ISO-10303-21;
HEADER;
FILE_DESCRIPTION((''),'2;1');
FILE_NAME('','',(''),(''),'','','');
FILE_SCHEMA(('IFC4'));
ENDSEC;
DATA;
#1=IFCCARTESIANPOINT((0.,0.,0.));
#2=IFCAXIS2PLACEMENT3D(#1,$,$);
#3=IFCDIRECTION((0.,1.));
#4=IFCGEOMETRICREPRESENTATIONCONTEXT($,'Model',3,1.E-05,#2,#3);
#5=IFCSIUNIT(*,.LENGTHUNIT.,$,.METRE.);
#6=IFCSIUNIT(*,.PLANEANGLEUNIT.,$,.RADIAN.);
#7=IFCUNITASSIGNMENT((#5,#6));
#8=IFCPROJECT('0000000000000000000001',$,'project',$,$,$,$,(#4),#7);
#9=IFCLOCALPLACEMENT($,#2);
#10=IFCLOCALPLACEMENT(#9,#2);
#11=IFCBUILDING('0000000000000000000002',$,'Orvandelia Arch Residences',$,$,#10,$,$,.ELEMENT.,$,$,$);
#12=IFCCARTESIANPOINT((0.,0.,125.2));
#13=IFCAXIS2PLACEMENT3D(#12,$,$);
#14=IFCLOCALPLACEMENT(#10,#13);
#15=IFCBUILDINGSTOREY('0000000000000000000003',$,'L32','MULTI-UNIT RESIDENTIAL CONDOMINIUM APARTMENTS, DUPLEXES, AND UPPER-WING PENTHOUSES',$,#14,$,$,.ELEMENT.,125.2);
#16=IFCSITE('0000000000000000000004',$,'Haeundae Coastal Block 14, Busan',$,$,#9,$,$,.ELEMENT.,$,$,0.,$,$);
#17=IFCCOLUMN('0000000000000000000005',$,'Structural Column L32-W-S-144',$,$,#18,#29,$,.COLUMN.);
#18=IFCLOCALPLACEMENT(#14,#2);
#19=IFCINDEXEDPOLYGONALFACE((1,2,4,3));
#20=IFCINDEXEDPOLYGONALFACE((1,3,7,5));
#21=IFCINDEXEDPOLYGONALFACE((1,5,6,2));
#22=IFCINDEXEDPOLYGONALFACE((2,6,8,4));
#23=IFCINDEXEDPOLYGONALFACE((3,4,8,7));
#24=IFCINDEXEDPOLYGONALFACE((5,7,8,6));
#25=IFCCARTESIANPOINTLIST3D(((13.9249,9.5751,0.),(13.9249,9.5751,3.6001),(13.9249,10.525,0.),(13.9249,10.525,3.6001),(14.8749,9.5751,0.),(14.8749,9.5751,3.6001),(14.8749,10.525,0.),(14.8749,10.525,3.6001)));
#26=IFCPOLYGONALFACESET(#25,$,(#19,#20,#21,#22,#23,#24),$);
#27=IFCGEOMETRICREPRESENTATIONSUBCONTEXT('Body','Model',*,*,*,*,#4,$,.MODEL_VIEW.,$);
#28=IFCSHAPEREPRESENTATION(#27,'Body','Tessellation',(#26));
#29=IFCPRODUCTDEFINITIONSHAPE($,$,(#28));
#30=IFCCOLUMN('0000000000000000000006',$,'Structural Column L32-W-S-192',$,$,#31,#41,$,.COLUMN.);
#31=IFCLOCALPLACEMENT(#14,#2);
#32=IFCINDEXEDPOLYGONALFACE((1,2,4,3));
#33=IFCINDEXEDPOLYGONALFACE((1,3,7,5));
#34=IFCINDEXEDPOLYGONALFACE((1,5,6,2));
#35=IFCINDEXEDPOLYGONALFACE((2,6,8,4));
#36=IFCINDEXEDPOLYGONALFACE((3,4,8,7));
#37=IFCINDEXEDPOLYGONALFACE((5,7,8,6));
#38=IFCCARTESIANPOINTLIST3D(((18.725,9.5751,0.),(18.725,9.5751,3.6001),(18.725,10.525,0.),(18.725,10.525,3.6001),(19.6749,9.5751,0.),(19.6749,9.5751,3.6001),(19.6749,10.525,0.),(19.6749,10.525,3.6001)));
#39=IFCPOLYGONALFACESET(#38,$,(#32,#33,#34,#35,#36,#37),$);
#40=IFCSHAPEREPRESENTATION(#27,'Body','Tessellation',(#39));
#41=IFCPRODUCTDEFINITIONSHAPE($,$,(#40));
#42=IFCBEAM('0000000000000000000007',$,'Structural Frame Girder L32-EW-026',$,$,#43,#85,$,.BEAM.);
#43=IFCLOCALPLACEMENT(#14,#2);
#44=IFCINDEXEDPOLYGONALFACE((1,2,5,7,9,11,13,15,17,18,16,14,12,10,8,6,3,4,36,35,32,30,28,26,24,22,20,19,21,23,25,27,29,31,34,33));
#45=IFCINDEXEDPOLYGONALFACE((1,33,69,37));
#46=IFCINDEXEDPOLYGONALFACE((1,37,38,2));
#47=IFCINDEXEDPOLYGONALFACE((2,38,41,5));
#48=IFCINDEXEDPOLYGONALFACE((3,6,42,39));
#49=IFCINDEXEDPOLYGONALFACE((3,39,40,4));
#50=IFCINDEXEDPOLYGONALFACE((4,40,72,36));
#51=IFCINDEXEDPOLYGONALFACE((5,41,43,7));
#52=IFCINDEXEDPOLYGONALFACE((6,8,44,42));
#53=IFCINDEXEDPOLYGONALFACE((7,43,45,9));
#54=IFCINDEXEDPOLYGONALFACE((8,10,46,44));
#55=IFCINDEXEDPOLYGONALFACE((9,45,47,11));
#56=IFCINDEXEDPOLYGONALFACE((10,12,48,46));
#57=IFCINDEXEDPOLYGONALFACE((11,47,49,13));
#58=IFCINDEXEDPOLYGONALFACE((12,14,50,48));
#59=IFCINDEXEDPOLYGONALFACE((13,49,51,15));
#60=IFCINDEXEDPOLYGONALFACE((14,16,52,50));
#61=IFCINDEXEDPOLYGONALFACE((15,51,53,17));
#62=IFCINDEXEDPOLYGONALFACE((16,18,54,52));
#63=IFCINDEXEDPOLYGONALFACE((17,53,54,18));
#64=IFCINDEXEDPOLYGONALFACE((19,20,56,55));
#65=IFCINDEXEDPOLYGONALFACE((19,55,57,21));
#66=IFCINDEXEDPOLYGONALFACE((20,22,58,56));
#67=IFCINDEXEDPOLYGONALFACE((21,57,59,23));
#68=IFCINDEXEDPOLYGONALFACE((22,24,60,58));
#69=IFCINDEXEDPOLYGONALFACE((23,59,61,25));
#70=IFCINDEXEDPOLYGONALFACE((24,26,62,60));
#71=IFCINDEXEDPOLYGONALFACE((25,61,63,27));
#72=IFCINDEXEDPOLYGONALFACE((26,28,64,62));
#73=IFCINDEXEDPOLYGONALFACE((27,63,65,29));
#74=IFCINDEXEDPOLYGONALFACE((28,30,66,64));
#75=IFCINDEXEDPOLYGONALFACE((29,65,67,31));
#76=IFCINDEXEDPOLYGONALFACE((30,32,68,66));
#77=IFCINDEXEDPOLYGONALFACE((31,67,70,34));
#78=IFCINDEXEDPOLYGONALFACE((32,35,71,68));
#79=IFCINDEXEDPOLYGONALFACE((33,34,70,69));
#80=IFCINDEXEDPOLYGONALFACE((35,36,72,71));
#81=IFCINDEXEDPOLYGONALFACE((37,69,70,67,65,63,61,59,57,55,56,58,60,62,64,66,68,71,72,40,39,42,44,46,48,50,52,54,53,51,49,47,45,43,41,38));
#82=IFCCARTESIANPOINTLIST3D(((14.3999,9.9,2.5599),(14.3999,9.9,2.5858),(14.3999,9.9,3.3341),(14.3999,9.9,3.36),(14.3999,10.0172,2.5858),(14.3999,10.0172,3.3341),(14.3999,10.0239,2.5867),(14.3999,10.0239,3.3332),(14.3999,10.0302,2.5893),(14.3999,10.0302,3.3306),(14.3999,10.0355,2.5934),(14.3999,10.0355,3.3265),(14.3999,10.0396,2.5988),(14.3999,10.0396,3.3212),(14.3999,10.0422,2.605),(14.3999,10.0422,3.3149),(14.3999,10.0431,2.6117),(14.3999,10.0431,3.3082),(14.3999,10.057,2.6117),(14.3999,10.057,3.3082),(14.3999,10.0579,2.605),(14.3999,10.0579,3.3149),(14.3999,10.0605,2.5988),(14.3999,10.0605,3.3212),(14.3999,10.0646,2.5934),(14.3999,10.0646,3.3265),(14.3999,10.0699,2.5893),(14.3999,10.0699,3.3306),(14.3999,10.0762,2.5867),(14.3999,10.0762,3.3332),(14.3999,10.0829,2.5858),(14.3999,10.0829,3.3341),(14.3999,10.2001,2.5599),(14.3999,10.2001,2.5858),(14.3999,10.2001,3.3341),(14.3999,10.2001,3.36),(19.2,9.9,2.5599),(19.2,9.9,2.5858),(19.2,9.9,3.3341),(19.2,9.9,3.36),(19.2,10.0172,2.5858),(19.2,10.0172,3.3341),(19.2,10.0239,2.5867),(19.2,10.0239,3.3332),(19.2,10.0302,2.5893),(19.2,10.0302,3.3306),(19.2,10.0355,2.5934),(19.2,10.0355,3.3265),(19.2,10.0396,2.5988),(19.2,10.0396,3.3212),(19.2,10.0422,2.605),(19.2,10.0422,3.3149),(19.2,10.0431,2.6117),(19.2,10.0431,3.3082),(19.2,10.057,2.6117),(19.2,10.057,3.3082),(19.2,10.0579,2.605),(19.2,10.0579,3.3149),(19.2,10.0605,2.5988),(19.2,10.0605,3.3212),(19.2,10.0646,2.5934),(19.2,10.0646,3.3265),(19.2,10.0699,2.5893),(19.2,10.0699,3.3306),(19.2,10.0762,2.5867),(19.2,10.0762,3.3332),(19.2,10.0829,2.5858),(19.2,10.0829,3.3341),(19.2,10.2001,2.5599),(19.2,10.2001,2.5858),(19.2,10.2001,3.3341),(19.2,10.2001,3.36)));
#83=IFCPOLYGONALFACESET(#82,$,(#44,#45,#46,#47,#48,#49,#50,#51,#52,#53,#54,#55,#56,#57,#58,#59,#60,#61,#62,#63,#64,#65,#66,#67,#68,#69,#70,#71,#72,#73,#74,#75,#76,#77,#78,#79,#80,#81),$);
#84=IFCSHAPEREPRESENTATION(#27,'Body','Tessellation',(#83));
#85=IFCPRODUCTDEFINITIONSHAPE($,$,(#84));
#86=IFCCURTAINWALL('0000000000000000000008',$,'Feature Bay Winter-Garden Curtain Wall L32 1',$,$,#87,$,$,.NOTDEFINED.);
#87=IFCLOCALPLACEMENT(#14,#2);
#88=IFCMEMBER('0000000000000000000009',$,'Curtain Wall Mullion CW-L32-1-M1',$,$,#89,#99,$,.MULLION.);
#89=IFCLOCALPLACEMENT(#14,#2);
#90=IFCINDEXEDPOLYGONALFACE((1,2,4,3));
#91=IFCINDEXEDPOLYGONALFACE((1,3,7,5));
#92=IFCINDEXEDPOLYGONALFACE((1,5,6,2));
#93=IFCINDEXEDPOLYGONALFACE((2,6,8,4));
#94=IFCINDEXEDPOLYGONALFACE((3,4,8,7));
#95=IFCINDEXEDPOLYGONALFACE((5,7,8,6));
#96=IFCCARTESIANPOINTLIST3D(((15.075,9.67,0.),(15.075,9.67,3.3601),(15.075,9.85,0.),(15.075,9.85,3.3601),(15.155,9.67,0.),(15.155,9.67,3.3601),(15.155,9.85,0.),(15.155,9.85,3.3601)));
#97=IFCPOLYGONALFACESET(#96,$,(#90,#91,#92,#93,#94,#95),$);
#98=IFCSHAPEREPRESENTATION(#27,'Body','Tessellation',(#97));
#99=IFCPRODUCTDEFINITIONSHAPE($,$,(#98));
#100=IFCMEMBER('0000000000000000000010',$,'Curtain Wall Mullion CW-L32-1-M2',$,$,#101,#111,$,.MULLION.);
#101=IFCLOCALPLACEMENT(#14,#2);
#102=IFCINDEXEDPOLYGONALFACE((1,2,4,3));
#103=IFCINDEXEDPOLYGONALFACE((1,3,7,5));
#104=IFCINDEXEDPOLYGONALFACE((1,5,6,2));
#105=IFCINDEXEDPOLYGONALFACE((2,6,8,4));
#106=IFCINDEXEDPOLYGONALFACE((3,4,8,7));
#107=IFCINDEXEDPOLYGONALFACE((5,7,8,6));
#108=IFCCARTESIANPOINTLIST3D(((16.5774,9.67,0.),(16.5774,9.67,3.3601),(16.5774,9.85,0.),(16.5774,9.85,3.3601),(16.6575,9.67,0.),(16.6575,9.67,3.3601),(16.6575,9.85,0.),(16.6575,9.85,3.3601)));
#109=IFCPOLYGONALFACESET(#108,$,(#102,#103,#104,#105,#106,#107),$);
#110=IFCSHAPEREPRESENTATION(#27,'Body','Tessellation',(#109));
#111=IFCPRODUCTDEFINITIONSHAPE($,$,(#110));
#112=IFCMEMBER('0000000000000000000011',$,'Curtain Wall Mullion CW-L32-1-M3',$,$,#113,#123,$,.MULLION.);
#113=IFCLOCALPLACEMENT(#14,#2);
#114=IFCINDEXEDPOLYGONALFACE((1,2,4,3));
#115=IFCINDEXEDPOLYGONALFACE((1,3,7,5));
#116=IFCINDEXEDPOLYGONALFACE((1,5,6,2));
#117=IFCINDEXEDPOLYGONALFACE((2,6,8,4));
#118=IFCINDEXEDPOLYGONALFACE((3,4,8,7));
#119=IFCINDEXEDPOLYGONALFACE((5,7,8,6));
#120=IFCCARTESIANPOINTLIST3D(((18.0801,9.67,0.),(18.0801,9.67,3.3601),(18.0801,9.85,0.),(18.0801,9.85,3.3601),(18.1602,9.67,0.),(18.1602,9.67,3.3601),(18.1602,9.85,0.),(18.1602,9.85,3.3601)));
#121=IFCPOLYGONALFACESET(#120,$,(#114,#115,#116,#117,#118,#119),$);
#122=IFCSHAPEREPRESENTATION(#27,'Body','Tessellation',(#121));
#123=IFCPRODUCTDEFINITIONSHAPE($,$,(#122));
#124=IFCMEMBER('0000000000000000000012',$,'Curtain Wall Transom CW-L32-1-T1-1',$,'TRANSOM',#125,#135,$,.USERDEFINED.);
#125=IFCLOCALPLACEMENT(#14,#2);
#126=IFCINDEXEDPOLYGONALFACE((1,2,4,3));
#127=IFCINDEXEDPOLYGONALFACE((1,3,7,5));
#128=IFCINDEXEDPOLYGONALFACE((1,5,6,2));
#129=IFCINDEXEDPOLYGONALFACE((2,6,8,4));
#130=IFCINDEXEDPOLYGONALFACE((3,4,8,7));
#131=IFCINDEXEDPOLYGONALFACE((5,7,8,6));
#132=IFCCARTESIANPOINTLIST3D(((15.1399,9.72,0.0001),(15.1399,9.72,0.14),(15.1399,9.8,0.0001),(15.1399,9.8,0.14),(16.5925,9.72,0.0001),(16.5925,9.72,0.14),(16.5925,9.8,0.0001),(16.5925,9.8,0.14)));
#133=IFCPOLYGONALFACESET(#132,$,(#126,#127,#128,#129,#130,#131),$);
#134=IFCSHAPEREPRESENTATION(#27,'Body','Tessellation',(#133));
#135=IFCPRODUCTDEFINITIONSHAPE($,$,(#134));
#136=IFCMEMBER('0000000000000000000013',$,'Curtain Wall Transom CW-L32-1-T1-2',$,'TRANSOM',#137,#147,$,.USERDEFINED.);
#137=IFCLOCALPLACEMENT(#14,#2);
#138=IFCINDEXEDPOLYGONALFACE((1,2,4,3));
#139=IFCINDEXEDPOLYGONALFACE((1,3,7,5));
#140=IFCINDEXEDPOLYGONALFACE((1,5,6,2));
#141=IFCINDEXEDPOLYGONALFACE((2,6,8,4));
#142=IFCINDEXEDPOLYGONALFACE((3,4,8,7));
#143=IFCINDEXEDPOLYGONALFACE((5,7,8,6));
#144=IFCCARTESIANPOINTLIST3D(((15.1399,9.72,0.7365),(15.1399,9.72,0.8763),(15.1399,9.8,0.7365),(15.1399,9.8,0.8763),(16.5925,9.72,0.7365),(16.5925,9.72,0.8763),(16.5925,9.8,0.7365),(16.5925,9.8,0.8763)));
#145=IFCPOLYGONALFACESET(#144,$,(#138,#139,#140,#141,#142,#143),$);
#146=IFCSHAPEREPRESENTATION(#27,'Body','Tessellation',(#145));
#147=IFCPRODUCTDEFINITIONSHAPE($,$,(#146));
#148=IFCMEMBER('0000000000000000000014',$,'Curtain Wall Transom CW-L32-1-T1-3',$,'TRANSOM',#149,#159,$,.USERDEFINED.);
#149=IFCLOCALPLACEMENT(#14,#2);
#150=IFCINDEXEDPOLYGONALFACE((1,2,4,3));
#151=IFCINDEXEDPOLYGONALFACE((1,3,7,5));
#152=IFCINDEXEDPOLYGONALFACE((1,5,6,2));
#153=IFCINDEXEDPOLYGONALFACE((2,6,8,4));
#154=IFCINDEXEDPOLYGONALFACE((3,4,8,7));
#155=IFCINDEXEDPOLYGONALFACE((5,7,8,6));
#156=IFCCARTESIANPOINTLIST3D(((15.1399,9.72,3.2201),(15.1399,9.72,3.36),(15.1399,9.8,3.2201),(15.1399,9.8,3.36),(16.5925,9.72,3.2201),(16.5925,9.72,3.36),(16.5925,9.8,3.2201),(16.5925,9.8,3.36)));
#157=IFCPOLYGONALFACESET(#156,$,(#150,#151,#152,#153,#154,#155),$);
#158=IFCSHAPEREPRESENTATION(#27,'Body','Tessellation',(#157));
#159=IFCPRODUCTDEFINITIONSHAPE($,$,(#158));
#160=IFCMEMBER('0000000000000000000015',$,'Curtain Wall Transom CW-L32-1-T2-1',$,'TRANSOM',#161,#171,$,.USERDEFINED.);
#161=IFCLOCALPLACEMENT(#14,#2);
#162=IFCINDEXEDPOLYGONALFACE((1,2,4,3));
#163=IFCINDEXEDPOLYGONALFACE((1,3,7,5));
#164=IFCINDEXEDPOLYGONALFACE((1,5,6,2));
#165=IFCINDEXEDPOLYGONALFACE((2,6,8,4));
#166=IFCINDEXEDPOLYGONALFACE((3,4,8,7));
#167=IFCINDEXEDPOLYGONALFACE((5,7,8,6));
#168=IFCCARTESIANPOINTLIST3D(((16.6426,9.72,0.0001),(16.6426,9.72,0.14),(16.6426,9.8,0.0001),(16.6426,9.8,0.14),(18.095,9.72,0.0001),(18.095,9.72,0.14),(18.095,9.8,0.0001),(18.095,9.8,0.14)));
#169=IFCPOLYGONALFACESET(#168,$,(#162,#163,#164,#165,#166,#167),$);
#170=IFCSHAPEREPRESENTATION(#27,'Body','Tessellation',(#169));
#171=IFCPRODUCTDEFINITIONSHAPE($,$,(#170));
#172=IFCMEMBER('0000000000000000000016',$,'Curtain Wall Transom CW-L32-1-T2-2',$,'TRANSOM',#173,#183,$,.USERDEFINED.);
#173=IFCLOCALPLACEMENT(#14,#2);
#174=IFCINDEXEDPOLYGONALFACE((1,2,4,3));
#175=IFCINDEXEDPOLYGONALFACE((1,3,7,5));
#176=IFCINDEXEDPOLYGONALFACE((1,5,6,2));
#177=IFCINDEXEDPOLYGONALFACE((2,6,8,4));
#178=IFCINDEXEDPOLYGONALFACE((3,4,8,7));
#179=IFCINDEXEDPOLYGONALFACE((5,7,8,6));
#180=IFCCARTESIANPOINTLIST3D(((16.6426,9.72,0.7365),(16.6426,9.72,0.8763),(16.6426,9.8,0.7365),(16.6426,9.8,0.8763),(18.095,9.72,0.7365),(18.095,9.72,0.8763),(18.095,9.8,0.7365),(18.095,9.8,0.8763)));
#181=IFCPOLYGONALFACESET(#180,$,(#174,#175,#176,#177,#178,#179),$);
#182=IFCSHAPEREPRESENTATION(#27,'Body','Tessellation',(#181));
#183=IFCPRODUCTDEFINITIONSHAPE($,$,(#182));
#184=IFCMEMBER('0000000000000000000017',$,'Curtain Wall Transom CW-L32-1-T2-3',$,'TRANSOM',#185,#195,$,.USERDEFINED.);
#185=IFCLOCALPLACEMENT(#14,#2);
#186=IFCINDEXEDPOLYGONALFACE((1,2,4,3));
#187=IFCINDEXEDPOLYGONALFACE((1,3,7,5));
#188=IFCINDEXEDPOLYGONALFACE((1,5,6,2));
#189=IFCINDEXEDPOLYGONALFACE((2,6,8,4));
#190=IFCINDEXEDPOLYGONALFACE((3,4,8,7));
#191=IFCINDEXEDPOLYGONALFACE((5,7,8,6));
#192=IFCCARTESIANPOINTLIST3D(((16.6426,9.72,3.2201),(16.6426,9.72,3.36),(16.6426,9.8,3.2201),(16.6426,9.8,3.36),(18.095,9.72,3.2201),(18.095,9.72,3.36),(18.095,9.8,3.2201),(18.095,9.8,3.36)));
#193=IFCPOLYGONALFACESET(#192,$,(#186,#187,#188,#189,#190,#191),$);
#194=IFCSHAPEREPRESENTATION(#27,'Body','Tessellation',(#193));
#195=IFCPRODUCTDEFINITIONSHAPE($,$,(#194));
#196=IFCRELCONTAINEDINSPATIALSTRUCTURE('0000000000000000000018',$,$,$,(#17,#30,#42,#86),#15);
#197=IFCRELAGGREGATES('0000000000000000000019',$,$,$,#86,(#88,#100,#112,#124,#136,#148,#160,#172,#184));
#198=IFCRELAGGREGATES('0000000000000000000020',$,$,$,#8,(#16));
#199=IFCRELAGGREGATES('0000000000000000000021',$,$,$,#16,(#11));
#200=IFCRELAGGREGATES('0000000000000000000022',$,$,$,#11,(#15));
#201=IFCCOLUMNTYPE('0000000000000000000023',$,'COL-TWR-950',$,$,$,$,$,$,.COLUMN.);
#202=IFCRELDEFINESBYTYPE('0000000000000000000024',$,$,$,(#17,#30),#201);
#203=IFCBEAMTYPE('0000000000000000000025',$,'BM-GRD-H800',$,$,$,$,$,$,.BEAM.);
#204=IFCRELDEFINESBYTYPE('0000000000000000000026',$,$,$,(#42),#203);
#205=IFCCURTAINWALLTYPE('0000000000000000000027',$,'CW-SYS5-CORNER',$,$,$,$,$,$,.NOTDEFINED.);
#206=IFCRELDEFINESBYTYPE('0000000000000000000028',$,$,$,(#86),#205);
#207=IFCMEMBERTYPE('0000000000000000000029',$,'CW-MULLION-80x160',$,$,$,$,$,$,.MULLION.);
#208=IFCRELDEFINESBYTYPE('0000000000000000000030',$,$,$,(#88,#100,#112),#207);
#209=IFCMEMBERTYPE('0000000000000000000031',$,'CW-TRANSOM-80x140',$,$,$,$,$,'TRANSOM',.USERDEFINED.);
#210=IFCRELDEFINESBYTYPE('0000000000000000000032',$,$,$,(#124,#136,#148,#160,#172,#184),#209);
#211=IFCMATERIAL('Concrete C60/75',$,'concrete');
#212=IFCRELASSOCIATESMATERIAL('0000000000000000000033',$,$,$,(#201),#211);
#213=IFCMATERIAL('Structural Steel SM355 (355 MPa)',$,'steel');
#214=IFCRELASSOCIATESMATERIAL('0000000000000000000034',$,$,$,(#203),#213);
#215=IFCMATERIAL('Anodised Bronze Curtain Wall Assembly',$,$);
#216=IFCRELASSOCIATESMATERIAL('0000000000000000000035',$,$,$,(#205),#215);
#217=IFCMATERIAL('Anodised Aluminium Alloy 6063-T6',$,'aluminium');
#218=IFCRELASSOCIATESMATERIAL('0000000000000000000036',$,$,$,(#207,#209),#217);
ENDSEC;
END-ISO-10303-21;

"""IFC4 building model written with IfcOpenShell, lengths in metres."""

from ifc_helpers import new_model, si_unit, direction, frame, origin, origin_2d, place, context, subcontext, project, spatial, rectangle, i_section, extrude, material, material_profile, profile_set, type_object, element, aggregate, save


model = new_model("IFC4")

# Units and contexts
model_context = context("Model", 3, precision=1e-05, world=origin(), true_north=direction((0.0, 1.0)))
body_context = subcontext(model_context, "Body", "Model", "MODEL_VIEW")
ifc_project = project(units=[si_unit("LENGTHUNIT", "METRE"), si_unit("PLANEANGLEUNIT", "RADIAN")], contexts=[model_context])

# Site, building, storey
site_placement = place(None, origin())
site = spatial("IfcSite", under=ifc_project, at=site_placement, Name="Haeundae Coastal Block 14, Busan", CompositionType="ELEMENT", RefElevation=0.0)
building_placement = place(site_placement, origin())
building = spatial("IfcBuilding", under=site, at=building_placement, Name="Orvandelia Arch Residences", CompositionType="ELEMENT")
storey_placement = place(building_placement, frame((0.0, 0.0, 125.2)))
storey = spatial("IfcBuildingStorey", under=building, at=storey_placement, Name="L32", Description="MULTI-UNIT RESIDENTIAL CONDOMINIUM APARTMENTS, DUPLEXES, AND UPPER-WING PENTHOUSES", CompositionType="ELEMENT", Elevation=125.2)

# Columns
ifc_material_1 = material(Name="Concrete C60/75", Category="concrete")
ifc_material_profile_1 = material_profile(ifc_material_1, rectangle(XDim=0.95, YDim=0.95, at=origin_2d()), Name="Concrete C60/75", Category="concrete")
ifc_profile_set_1 = profile_set([ifc_material_profile_1], Name="Concrete C60/75")
column_type = type_object("IfcColumnType", Name="COL-TWR-950", PredefinedType="COLUMN", material=ifc_profile_set_1)
for number, where, z_axis, x_axis, name in (
    (1, (14.3999, 10.05, 0.0), (0.0, 0.0, 1.0), (1.0, 0.0, 0.0), "Structural Column L32-W-S-144"),
    (2, (19.2, 10.05, 0.0), (0.0, 0.0, 1.0), (1.0, 0.0, 0.0), "Structural Column L32-W-S-192"),
):
    element("IfcColumn", number, at=place(storey_placement, frame(where, z_axis=z_axis, x_axis=x_axis)), inside=storey, type_object=column_type, Name=name, PredefinedType="COLUMN", context=body_context, shape_type="SweptSolid", body=[
        extrude(rectangle(XDim=0.95, YDim=0.95, at=origin_2d()), origin(), (0.0, 0.0, 1.0), 3.6001),
    ])

# Beam
ifc_material_2 = material(Name="Structural Steel SM355 (355 MPa)", Category="steel")
ifc_material_profile_2 = material_profile(ifc_material_2, i_section(OverallWidth=0.3, OverallDepth=0.8, WebThickness=0.0139, FlangeThickness=0.0259, FilletRadius=0.0259, at=origin_2d()), Name="Structural Steel SM355 (355 MPa)", Category="steel")
ifc_profile_set_2 = profile_set([ifc_material_profile_2], Name="Structural Steel SM355 (355 MPa)")
beam_type = type_object("IfcBeamType", Name="BM-GRD-H800", PredefinedType="BEAM", material=ifc_profile_set_2)
beam_placement = place(storey_placement, frame((14.3999, 10.05, 2.96), z_axis=(1.0, 0.0, 0.0), x_axis=(0.0, 1.0, 0.0)))
element("IfcBeam", 3, at=beam_placement, inside=storey, type_object=beam_type, Name="Structural Frame Girder L32-EW-026", PredefinedType="BEAM", context=body_context, shape_type="SweptSolid", body=[
    extrude(i_section(OverallWidth=0.3, OverallDepth=0.8, WebThickness=0.0139, FlangeThickness=0.0259, FilletRadius=0.0259, at=origin_2d()), origin(), (0.0, 0.0, 1.0), 4.8),
])

# Curtain wall, members
ifc_material_3 = material(Name="Anodised Bronze Curtain Wall Assembly")
curtain_wall_type = type_object("IfcCurtainWallType", Name="CW-SYS5-CORNER", PredefinedType="NOTDEFINED", material=ifc_material_3)
curtain_wall_placement = place(storey_placement, origin())
curtain_wall = element("IfcCurtainWall", 4, at=curtain_wall_placement, inside=storey, type_object=curtain_wall_type, Name="Feature Bay Winter-Garden Curtain Wall L32 1", PredefinedType="NOTDEFINED")
ifc_material_4 = material(Name="Anodised Aluminium Alloy 6063-T6", Category="aluminium")
ifc_material_profile_3 = material_profile(ifc_material_4, rectangle(XDim=0.0801, YDim=0.1799, at=origin_2d()), Name="Anodised Aluminium Alloy 6063-T6", Category="aluminium")
ifc_profile_set_3 = profile_set([ifc_material_profile_3], Name="Anodised Aluminium Alloy 6063-T6")
member_type_1 = type_object("IfcMemberType", Name="CW-MULLION-80x160", PredefinedType="MULLION", material=ifc_profile_set_3)
member_1_placement = place(storey_placement, frame((15.115, 9.76, 0.0), z_axis=(0.0, 0.0, 1.0), x_axis=(1.0, 0.0, 0.0)))
member_1 = element("IfcMember", 5, at=member_1_placement, type_object=member_type_1, Name="Curtain Wall Mullion CW-L32-1-M1", PredefinedType="MULLION", context=body_context, shape_type="SweptSolid", body=[
    extrude(rectangle(XDim=0.0801, YDim=0.1799, at=origin_2d()), origin(), (0.0, 0.0, 1.0), 3.3601),
])
member_2_placement = place(storey_placement, frame((16.6174, 9.76, 0.0), z_axis=(0.0, 0.0, 1.0), x_axis=(1.0, 0.0, 0.0)))
member_2 = element("IfcMember", 6, at=member_2_placement, type_object=member_type_1, Name="Curtain Wall Mullion CW-L32-1-M2", PredefinedType="MULLION", context=body_context, shape_type="SweptSolid", body=[
    extrude(rectangle(XDim=0.0801, YDim=0.1799, at=origin_2d()), origin(), (0.0, 0.0, 1.0), 3.3601),
])
member_3_placement = place(storey_placement, frame((18.1201, 9.76, 0.0), z_axis=(0.0, 0.0, 1.0), x_axis=(1.0, 0.0, 0.0)))
member_3 = element("IfcMember", 7, at=member_3_placement, type_object=member_type_1, Name="Curtain Wall Mullion CW-L32-1-M3", PredefinedType="MULLION", context=body_context, shape_type="SweptSolid", body=[
    extrude(rectangle(XDim=0.0801, YDim=0.1799, at=origin_2d()), origin(), (0.0, 0.0, 1.0), 3.3601),
])
ifc_material_profile_4 = material_profile(ifc_material_4, rectangle(XDim=0.0801, YDim=0.1399, at=origin_2d()), Name="Anodised Aluminium Alloy 6063-T6", Category="aluminium")
ifc_profile_set_4 = profile_set([ifc_material_profile_4], Name="Anodised Aluminium Alloy 6063-T6")
member_type_2 = type_object("IfcMemberType", Name="CW-TRANSOM-80x140", ElementType="TRANSOM", PredefinedType="USERDEFINED", material=ifc_profile_set_4)
member_4_placement = place(storey_placement, frame((15.1399, 9.76, 0.0701), z_axis=(1.0, 0.0, 0.0), x_axis=(0.0, 1.0, 0.0)))
member_4 = element("IfcMember", 8, at=member_4_placement, type_object=member_type_2, Name="Curtain Wall Transom CW-L32-1-T1-1", ObjectType="TRANSOM", PredefinedType="USERDEFINED", context=body_context, shape_type="SweptSolid", body=[
    extrude(rectangle(XDim=0.0801, YDim=0.1399, at=origin_2d()), origin(), (0.0, 0.0, 1.0), 1.4526),
])
member_5_placement = place(storey_placement, frame((15.1399, 9.76, 0.8064), z_axis=(1.0, 0.0, 0.0), x_axis=(0.0, 1.0, 0.0)))
member_5 = element("IfcMember", 9, at=member_5_placement, type_object=member_type_2, Name="Curtain Wall Transom CW-L32-1-T1-2", ObjectType="TRANSOM", PredefinedType="USERDEFINED", context=body_context, shape_type="SweptSolid", body=[
    extrude(rectangle(XDim=0.0801, YDim=0.1399, at=origin_2d()), origin(), (0.0, 0.0, 1.0), 1.4526),
])
member_6_placement = place(storey_placement, frame((15.1399, 9.76, 3.29), z_axis=(1.0, 0.0, 0.0), x_axis=(0.0, 1.0, 0.0)))
member_6 = element("IfcMember", 10, at=member_6_placement, type_object=member_type_2, Name="Curtain Wall Transom CW-L32-1-T1-3", ObjectType="TRANSOM", PredefinedType="USERDEFINED", context=body_context, shape_type="SweptSolid", body=[
    extrude(rectangle(XDim=0.0801, YDim=0.1399, at=origin_2d()), origin(), (0.0, 0.0, 1.0), 1.4526),
])
member_7_placement = place(storey_placement, frame((16.6426, 9.76, 0.0701), z_axis=(1.0, 0.0, 0.0), x_axis=(0.0, 1.0, 0.0)))
member_7 = element("IfcMember", 11, at=member_7_placement, type_object=member_type_2, Name="Curtain Wall Transom CW-L32-1-T2-1", ObjectType="TRANSOM", PredefinedType="USERDEFINED", context=body_context, shape_type="SweptSolid", body=[
    extrude(rectangle(XDim=0.0801, YDim=0.1399, at=origin_2d()), origin(), (0.0, 0.0, 1.0), 1.4524),
])
member_8_placement = place(storey_placement, frame((16.6426, 9.76, 0.8064), z_axis=(1.0, 0.0, 0.0), x_axis=(0.0, 1.0, 0.0)))
member_8 = element("IfcMember", 12, at=member_8_placement, type_object=member_type_2, Name="Curtain Wall Transom CW-L32-1-T2-2", ObjectType="TRANSOM", PredefinedType="USERDEFINED", context=body_context, shape_type="SweptSolid", body=[
    extrude(rectangle(XDim=0.0801, YDim=0.1399, at=origin_2d()), origin(), (0.0, 0.0, 1.0), 1.4524),
])
member_9_placement = place(storey_placement, frame((16.6426, 9.76, 3.29), z_axis=(1.0, 0.0, 0.0), x_axis=(0.0, 1.0, 0.0)))
member_9 = element("IfcMember", 13, at=member_9_placement, type_object=member_type_2, Name="Curtain Wall Transom CW-L32-1-T2-3", ObjectType="TRANSOM", PredefinedType="USERDEFINED", context=body_context, shape_type="SweptSolid", body=[
    extrude(rectangle(XDim=0.0801, YDim=0.1399, at=origin_2d()), origin(), (0.0, 0.0, 1.0), 1.4524),
])
aggregate(curtain_wall, [member_1, member_2, member_3, member_4, member_5, member_6, member_7, member_8, member_9])

save(model, "model.ifc")
